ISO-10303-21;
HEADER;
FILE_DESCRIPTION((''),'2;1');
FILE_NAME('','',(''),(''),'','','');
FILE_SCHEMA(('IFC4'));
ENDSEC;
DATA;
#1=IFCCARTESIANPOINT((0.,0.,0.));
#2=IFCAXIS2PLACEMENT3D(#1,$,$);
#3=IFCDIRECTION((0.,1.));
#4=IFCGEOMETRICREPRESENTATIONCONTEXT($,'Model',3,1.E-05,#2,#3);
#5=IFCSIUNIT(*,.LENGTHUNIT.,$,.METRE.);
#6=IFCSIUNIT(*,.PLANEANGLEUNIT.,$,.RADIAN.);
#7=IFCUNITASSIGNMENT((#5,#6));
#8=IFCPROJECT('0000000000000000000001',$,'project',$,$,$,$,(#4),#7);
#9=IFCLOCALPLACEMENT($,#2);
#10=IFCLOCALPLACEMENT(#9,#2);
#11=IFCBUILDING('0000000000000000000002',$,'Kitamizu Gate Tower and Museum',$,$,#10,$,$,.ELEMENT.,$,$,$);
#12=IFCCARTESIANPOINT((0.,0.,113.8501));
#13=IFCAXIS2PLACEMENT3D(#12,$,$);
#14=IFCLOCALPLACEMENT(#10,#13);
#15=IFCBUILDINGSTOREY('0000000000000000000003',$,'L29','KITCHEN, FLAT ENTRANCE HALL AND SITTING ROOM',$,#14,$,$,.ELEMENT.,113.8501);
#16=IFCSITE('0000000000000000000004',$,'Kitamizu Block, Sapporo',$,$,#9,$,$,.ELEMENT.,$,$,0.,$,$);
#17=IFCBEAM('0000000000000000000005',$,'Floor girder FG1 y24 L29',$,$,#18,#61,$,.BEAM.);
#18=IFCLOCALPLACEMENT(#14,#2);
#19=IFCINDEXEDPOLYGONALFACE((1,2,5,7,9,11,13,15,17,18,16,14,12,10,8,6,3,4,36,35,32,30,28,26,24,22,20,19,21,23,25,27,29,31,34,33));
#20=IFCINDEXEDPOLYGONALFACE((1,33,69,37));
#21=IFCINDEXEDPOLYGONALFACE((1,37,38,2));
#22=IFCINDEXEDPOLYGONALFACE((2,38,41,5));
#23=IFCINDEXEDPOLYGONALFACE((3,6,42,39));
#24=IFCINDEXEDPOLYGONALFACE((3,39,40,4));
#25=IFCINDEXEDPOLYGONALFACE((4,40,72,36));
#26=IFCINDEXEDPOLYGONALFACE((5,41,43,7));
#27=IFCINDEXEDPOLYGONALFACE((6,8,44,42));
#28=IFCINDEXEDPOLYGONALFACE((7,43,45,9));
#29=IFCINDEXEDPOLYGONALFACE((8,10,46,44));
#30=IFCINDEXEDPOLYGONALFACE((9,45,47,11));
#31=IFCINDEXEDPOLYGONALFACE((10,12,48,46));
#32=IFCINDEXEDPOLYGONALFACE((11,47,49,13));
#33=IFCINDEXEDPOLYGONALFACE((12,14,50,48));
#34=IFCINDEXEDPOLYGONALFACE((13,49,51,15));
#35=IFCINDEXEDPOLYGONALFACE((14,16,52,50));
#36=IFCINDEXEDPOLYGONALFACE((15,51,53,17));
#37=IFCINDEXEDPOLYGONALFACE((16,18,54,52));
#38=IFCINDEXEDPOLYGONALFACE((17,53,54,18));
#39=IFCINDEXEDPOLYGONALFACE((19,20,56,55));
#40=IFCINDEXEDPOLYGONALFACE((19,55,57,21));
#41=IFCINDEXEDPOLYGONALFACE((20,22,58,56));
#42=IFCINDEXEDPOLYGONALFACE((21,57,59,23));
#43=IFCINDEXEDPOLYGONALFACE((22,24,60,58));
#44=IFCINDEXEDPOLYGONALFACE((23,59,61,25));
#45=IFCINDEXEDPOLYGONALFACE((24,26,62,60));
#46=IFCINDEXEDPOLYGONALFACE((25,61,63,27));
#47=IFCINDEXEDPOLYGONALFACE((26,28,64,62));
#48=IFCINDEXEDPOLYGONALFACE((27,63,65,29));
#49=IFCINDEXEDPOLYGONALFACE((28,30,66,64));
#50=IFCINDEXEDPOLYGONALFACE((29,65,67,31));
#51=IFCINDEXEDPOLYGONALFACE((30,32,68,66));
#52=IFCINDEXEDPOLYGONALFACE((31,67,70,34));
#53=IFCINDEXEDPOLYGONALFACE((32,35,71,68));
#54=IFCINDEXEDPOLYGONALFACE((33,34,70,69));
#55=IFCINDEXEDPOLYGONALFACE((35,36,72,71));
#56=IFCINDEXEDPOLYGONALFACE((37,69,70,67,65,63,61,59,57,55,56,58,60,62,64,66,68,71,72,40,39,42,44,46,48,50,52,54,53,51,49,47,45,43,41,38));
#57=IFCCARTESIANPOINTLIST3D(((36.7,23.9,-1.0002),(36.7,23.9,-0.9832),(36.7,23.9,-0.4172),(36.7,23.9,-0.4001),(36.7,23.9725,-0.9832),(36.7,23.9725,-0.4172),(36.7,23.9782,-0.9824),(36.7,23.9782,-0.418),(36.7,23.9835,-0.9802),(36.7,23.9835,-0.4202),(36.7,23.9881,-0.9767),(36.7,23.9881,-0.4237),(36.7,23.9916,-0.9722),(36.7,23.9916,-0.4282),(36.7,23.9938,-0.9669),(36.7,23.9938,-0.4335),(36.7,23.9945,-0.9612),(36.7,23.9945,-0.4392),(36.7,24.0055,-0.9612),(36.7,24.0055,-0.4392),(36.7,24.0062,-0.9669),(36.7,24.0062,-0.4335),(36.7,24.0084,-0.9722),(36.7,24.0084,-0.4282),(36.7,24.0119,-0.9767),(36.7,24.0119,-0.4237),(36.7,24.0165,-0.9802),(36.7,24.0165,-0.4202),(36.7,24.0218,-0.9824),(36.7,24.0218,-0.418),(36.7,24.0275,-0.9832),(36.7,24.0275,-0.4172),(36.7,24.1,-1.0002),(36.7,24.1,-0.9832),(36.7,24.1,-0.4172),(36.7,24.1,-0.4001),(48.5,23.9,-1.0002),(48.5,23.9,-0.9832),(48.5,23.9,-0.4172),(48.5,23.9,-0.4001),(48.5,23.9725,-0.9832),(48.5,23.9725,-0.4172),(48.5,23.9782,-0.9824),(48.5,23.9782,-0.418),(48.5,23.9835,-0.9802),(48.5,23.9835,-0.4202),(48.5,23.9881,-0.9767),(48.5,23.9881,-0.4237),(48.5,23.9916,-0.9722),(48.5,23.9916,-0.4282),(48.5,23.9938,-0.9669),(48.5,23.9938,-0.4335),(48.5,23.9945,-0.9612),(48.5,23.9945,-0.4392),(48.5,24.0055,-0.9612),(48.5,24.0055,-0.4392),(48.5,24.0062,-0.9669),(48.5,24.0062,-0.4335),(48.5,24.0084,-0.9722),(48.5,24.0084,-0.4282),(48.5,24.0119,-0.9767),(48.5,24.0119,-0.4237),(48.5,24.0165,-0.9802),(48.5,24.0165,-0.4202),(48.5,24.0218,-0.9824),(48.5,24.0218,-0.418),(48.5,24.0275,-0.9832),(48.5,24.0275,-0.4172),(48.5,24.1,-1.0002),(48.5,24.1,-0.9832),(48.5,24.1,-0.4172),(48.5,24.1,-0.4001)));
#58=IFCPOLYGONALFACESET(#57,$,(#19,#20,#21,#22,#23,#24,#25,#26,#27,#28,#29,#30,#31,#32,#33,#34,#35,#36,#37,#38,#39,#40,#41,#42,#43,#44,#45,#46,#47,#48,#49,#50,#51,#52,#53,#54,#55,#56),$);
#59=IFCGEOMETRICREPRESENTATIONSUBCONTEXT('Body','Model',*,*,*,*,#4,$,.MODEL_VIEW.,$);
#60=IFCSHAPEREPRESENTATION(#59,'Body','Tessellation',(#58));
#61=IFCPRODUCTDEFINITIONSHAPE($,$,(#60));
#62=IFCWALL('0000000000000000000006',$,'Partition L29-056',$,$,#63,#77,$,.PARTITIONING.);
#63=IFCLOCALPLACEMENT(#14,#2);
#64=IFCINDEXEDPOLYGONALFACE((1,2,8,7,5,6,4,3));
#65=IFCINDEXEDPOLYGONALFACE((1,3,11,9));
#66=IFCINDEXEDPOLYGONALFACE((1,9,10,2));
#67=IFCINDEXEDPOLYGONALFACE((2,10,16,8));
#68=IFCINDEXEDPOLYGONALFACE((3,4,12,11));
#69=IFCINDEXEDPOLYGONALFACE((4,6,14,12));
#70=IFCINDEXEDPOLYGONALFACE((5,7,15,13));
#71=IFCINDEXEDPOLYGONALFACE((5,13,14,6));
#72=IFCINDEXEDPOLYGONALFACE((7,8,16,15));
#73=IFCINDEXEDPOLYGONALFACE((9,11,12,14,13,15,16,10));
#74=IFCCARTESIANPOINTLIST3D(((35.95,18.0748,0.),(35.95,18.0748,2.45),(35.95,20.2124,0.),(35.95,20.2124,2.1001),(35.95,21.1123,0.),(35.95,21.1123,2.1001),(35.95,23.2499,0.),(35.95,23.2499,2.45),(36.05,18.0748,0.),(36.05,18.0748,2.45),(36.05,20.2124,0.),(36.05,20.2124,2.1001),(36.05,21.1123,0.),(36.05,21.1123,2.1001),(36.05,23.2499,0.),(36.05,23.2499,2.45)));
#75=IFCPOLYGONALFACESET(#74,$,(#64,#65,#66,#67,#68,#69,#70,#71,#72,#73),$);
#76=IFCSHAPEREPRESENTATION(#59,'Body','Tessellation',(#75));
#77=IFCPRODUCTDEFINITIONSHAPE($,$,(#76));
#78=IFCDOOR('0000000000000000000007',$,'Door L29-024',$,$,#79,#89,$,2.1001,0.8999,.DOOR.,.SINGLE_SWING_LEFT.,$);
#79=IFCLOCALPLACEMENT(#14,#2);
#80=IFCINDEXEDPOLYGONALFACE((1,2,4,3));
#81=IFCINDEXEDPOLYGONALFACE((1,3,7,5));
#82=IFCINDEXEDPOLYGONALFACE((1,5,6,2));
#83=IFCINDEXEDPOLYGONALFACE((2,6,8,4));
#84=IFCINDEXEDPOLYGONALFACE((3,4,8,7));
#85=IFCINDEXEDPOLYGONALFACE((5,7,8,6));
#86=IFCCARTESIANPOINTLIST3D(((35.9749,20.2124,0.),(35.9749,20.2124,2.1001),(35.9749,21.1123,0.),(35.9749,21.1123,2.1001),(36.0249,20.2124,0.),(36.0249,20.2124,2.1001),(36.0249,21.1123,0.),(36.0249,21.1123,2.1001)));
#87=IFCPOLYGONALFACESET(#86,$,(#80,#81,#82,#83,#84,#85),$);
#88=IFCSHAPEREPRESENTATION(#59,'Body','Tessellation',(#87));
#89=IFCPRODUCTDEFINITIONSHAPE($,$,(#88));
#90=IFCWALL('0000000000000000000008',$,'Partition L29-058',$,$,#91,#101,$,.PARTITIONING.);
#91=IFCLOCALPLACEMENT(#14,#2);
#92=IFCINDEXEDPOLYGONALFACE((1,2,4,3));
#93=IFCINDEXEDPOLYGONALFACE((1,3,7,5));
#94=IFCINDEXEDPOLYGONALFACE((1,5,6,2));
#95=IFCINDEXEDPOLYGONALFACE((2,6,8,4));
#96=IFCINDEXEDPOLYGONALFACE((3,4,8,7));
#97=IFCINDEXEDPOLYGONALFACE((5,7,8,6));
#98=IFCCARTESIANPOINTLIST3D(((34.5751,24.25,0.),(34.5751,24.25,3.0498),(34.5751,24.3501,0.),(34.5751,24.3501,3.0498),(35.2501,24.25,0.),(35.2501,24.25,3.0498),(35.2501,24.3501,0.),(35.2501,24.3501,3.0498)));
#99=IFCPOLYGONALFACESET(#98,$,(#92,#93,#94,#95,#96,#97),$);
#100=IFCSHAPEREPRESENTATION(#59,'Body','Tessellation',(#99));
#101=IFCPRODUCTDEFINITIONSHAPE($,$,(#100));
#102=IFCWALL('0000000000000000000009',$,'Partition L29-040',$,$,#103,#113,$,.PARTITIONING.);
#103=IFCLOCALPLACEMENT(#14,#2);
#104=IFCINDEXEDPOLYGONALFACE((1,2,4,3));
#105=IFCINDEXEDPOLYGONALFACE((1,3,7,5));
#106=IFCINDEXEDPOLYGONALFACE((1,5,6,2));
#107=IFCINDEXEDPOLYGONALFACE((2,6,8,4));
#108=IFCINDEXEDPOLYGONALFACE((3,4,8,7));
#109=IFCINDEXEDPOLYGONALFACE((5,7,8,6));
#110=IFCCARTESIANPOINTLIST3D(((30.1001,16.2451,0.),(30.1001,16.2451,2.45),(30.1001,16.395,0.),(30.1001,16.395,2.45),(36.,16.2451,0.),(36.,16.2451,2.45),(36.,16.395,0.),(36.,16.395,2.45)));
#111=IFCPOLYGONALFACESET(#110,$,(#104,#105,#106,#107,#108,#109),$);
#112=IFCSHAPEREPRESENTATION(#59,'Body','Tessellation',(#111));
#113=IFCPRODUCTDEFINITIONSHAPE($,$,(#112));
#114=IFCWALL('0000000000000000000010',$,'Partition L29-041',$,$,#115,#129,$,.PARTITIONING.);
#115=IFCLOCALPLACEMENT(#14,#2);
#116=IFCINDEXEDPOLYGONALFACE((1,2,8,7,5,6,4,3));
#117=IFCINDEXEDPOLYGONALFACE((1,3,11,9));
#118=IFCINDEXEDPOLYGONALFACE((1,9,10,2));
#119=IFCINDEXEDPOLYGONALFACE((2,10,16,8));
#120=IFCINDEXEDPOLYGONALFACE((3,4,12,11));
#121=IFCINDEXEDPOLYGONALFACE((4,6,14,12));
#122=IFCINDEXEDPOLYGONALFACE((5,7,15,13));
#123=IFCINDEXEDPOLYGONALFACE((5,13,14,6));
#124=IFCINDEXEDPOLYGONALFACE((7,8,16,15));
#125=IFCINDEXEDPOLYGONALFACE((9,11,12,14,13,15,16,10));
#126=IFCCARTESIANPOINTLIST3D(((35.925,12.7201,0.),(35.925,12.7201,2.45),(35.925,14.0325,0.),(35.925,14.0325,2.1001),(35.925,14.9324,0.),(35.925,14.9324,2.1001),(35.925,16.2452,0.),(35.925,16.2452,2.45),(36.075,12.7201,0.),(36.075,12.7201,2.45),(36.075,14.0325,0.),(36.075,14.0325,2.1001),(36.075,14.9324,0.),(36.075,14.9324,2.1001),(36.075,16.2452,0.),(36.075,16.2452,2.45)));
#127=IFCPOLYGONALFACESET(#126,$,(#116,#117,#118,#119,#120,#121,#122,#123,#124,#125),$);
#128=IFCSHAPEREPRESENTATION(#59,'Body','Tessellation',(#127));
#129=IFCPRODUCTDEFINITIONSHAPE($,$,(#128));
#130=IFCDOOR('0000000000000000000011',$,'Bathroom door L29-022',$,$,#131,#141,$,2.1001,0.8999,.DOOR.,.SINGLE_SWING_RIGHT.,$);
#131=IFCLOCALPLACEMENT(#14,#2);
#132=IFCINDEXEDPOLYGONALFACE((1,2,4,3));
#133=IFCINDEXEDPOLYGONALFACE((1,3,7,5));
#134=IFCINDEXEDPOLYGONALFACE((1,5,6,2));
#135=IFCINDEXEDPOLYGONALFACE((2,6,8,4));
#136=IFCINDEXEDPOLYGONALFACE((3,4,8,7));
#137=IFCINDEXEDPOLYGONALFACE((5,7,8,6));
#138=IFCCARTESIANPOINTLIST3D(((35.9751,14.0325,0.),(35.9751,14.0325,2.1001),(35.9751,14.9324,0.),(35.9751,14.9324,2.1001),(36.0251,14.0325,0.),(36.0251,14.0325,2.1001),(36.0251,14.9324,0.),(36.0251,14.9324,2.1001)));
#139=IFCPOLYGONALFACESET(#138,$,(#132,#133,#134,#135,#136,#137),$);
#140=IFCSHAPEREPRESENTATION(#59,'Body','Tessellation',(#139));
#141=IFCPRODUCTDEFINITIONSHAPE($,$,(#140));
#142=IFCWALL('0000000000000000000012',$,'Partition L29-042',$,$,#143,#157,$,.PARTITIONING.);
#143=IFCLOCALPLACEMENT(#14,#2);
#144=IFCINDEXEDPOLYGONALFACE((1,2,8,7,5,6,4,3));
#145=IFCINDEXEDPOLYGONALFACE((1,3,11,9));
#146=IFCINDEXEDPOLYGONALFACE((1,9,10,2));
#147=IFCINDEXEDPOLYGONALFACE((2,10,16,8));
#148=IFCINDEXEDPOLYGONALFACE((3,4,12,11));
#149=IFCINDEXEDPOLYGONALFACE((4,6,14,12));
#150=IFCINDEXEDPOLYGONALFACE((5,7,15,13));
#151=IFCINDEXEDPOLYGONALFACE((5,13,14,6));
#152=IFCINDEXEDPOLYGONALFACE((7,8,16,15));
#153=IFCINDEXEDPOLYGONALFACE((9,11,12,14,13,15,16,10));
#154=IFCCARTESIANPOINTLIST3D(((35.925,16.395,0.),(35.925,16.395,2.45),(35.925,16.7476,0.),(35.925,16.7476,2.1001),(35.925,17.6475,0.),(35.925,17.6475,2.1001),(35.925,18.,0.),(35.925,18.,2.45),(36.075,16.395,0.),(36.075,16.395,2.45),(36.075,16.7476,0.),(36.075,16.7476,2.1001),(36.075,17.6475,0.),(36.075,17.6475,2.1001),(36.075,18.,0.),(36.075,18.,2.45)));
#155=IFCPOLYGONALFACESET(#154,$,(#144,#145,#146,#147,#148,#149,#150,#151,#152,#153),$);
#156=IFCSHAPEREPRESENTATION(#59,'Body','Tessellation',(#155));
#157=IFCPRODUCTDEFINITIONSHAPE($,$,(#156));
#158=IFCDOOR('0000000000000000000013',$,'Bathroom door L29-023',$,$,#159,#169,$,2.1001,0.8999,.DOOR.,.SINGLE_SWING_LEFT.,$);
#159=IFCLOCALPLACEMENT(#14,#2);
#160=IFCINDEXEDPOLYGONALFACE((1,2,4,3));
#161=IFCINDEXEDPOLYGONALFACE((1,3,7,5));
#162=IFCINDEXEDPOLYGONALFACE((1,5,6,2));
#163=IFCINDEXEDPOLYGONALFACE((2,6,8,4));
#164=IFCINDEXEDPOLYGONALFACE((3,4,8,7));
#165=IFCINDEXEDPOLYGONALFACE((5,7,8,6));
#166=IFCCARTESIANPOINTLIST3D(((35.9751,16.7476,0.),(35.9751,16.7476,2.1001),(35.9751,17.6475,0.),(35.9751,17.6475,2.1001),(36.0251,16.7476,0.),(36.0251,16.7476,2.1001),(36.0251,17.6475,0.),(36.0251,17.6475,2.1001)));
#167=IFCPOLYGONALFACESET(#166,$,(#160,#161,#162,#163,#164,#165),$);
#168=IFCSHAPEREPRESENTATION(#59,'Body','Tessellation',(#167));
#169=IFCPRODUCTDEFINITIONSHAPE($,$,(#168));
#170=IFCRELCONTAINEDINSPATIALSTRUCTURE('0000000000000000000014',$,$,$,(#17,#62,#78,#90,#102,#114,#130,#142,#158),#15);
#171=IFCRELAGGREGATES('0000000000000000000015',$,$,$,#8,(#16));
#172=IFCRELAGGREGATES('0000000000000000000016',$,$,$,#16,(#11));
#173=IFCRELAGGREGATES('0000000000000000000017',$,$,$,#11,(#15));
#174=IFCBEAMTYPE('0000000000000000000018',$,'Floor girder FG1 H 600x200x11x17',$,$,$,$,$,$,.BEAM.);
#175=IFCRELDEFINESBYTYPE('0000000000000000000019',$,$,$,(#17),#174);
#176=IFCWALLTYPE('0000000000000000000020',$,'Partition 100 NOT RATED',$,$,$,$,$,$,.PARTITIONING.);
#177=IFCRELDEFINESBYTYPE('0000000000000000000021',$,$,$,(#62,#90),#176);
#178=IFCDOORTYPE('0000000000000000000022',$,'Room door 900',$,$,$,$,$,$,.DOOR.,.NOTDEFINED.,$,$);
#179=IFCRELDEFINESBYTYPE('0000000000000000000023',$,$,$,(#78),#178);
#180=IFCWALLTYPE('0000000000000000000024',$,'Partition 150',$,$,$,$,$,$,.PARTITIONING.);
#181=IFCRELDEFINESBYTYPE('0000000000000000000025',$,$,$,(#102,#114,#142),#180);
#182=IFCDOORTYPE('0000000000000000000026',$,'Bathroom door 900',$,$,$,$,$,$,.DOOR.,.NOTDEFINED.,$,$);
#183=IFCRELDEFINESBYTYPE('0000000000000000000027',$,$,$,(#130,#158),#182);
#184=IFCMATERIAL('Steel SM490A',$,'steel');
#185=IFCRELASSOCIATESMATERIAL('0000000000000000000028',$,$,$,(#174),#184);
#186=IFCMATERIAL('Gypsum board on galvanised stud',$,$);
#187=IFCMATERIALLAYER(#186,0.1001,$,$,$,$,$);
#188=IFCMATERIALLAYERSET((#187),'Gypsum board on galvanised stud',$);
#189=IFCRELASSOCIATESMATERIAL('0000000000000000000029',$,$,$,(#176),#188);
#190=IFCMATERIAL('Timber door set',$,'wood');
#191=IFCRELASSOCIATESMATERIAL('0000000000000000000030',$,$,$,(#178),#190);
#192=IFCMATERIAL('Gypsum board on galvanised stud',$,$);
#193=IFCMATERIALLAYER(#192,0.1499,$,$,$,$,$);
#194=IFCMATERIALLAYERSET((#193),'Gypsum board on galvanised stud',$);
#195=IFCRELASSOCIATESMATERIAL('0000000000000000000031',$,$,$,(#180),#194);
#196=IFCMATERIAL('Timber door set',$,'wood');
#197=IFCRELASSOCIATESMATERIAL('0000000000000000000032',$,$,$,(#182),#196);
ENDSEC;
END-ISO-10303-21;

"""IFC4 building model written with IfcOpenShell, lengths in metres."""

from ifc_helpers import new_model, si_unit, direction, frame, frame_2d, origin, origin_2d, place, context, subcontext, project, spatial, rectangle, i_section, extrude, material, layer, layer_set, material_profile, profile_set, type_object, element, fill, save


model = new_model("IFC4")

# Units and contexts
model_context = context("Model", 3, precision=1e-05, world=origin(), true_north=direction((0.0, 1.0)))
body_context = subcontext(model_context, "Body", "Model", "MODEL_VIEW")
ifc_project = project(units=[si_unit("LENGTHUNIT", "METRE"), si_unit("PLANEANGLEUNIT", "RADIAN")], contexts=[model_context])

# Site, building, storey
site_placement = place(None, origin())
site = spatial("IfcSite", under=ifc_project, at=site_placement, Name="Kitamizu Block, Sapporo", CompositionType="ELEMENT", RefElevation=0.0)
building_placement = place(site_placement, origin())
building = spatial("IfcBuilding", under=site, at=building_placement, Name="Kitamizu Gate Tower and Museum", CompositionType="ELEMENT")
storey_placement = place(building_placement, frame((0.0, 0.0, 113.8501)))
storey = spatial("IfcBuildingStorey", under=building, at=storey_placement, Name="L29", Description="KITCHEN, FLAT ENTRANCE HALL AND SITTING ROOM", CompositionType="ELEMENT", Elevation=113.8501)

# Beam
ifc_material_1 = material(Name="Steel SM490A", Category="steel")
ifc_material_profile_1 = material_profile(ifc_material_1, i_section(OverallWidth=0.2, OverallDepth=0.6001, WebThickness=0.011, FlangeThickness=0.0171, FilletRadius=0.022, at=origin_2d()), Name="H-600x200x11x17")
ifc_profile_set_1 = profile_set([ifc_material_profile_1], Name="Steel SM490A")
beam_type_1 = type_object("IfcBeamType", Name="Floor girder FG1 H 600x200x11x17", PredefinedType="BEAM", material=ifc_profile_set_1)
beam_1_placement = place(storey_placement, frame((36.7, 24.0, -0.7002), z_axis=(1.0, 0.0, 0.0), x_axis=(0.0, 1.0, 0.0)))
element("IfcBeam", 1, at=beam_1_placement, inside=storey, type_object=beam_type_1, Name="Floor girder FG1 y24 L29", PredefinedType="BEAM", context=body_context, shape_type="SweptSolid", body=[
    extrude(i_section(OverallWidth=0.2, OverallDepth=0.6001, WebThickness=0.011, FlangeThickness=0.0171, FilletRadius=0.022, at=origin_2d()), origin(), (0.0, 0.0, 1.0), 11.8),
])

# Wall, opening, door
ifc_material_2 = material(Name="Gypsum board on galvanised stud")
ifc_layer_1 = layer(ifc_material_2, 0.1001)
ifc_layer_set_1 = layer_set([ifc_layer_1], Name="Gypsum board on galvanised stud")
wall_type_1 = type_object("IfcWallType", Name="Partition 100 NOT RATED", PredefinedType="PARTITIONING", material=ifc_layer_set_1)
wall_1_placement = place(storey_placement, frame((36.0, 18.075, 0.0), z_axis=(0.0, 0.0, 1.0), x_axis=(0.0, 1.0, 0.0)))
wall_1 = element("IfcWall", 2, at=wall_1_placement, inside=storey, type_object=wall_type_1, Name="Partition L29-056", PredefinedType="PARTITIONING", context=body_context, shape_type="SweptSolid", body=[
    extrude(rectangle(XDim=5.175, YDim=0.1001, at=frame_2d((2.5874, 0.0))), origin(), (0.0, 0.0, 1.0), 2.45),
])
opening_1_placement = place(wall_1_placement, frame((2.1375, 0.0, 0.0)))
opening_1 = element("IfcOpeningElement", 3, at=opening_1_placement, cuts=wall_1, PredefinedType="OPENING", context=body_context, shape_type="SweptSolid", body=[
    extrude(rectangle(XDim=0.8999, YDim=2.1001, at=frame_2d((0.45, 1.05))), frame((0.0, 0.0601, 0.0), z_axis=(0.0, -1.0, 0.0), x_axis=(1.0, 0.0, 0.0)), (0.0, 0.0, 1.0), 0.1201),
])
ifc_material_3 = material(Name="Timber door set", Category="wood")
door_type_1 = type_object("IfcDoorType", Name="Room door 900", OperationType="NOTDEFINED", PredefinedType="DOOR", material=ifc_material_3)
door_1_placement = place(opening_1_placement, frame((0.8999, 0.0, 0.0), x_axis=(-1.0, 0.0, 0.0)))
door_1 = element("IfcDoor", 4, at=door_1_placement, inside=storey, type_object=door_type_1, Name="Door L29-024", OperationType="SINGLE_SWING_LEFT", OverallHeight=2.1001, OverallWidth=0.8999, PredefinedType="DOOR", context=body_context, shape_type="SweptSolid", body=[
    extrude(rectangle(XDim=0.8999, YDim=2.1001, at=frame_2d((0.45, 1.05))), frame((0.0, 0.0249, 0.0), z_axis=(0.0, -1.0, 0.0), x_axis=(1.0, 0.0, 0.0)), (0.0, 0.0, 1.0), 0.05),
])
fill(opening_1, door_1)

# Walls
wall_2_placement = place(storey_placement, frame((35.25, 24.3, 0.0), z_axis=(0.0, 0.0, 1.0), x_axis=(-1.0, 0.0, 0.0)))
element("IfcWall", 5, at=wall_2_placement, inside=storey, type_object=wall_type_1, Name="Partition L29-058", PredefinedType="PARTITIONING", context=body_context, shape_type="SweptSolid", body=[
    extrude(rectangle(XDim=0.675, YDim=0.1001, at=frame_2d((0.3374, 0.0))), origin(), (0.0, 0.0, 1.0), 3.0498),
])
ifc_material_4 = material(Name="Gypsum board on galvanised stud")
ifc_layer_2 = layer(ifc_material_4, 0.1499)
ifc_layer_set_2 = layer_set([ifc_layer_2], Name="Gypsum board on galvanised stud")
wall_type_2 = type_object("IfcWallType", Name="Partition 150", PredefinedType="PARTITIONING", material=ifc_layer_set_2)
wall_3_placement = place(storey_placement, frame((36.0, 16.3201, 0.0), z_axis=(0.0, 0.0, 1.0), x_axis=(-1.0, 0.0, 0.0)))
element("IfcWall", 6, at=wall_3_placement, inside=storey, type_object=wall_type_2, Name="Partition L29-040", PredefinedType="PARTITIONING", context=body_context, shape_type="SweptSolid", body=[
    extrude(rectangle(XDim=5.8999, YDim=0.1499, at=frame_2d((2.95, 0.0))), origin(), (0.0, 0.0, 1.0), 2.45),
])

# Walls, openings, doors
wall_4_placement = place(storey_placement, frame((36.0, 12.72, 0.0), z_axis=(0.0, 0.0, 1.0), x_axis=(0.0, 1.0, 0.0)))
wall_4 = element("IfcWall", 7, at=wall_4_placement, inside=storey, type_object=wall_type_2, Name="Partition L29-041", PredefinedType="PARTITIONING", context=body_context, shape_type="SweptSolid", body=[
    extrude(rectangle(XDim=3.5251, YDim=0.1499, at=frame_2d((1.7627, 0.0))), origin(), (0.0, 0.0, 1.0), 2.45),
])
opening_2_placement = place(wall_4_placement, frame((1.3125, 0.0, 0.0)))
opening_2 = element("IfcOpeningElement", 8, at=opening_2_placement, cuts=wall_4, PredefinedType="OPENING", context=body_context, shape_type="SweptSolid", body=[
    extrude(rectangle(XDim=0.8999, YDim=2.1001, at=frame_2d((0.45, 1.05))), frame((0.0, 0.085, 0.0), z_axis=(0.0, -1.0, 0.0), x_axis=(1.0, 0.0, 0.0)), (0.0, 0.0, 1.0), 0.1699),
])
ifc_material_5 = material(Name="Timber door set", Category="wood")
door_type_2 = type_object("IfcDoorType", Name="Bathroom door 900", OperationType="NOTDEFINED", PredefinedType="DOOR", material=ifc_material_5)
door_2_placement = place(opening_2_placement, origin())
door_2 = element("IfcDoor", 9, at=door_2_placement, inside=storey, type_object=door_type_2, Name="Bathroom door L29-022", OperationType="SINGLE_SWING_RIGHT", OverallHeight=2.1001, OverallWidth=0.8999, PredefinedType="DOOR", context=body_context, shape_type="SweptSolid", body=[
    extrude(rectangle(XDim=0.8999, YDim=2.1001, at=frame_2d((0.45, 1.05))), frame((0.0, 0.0249, 0.0), z_axis=(0.0, -1.0, 0.0), x_axis=(1.0, 0.0, 0.0)), (0.0, 0.0, 1.0), 0.05),
])
fill(opening_2, door_2)
wall_5_placement = place(storey_placement, frame((36.0, 16.395, 0.0), z_axis=(0.0, 0.0, 1.0), x_axis=(0.0, 1.0, 0.0)))
wall_5 = element("IfcWall", 10, at=wall_5_placement, inside=storey, type_object=wall_type_2, Name="Partition L29-042", PredefinedType="PARTITIONING", context=body_context, shape_type="SweptSolid", body=[
    extrude(rectangle(XDim=1.605, YDim=0.1499, at=frame_2d((0.8025, 0.0))), origin(), (0.0, 0.0, 1.0), 2.45),
])
opening_3_placement = place(wall_5_placement, frame((0.3525, 0.0, 0.0)))
opening_3 = element("IfcOpeningElement", 11, at=opening_3_placement, cuts=wall_5, PredefinedType="OPENING", context=body_context, shape_type="SweptSolid", body=[
    extrude(rectangle(XDim=0.8999, YDim=2.1001, at=frame_2d((0.45, 1.05))), frame((0.0, 0.085, 0.0), z_axis=(0.0, -1.0, 0.0), x_axis=(1.0, 0.0, 0.0)), (0.0, 0.0, 1.0), 0.1699),
])
door_3_placement = place(opening_3_placement, origin())
door_3 = element("IfcDoor", 12, at=door_3_placement, inside=storey, type_object=door_type_2, Name="Bathroom door L29-023", OperationType="SINGLE_SWING_LEFT", OverallHeight=2.1001, OverallWidth=0.8999, PredefinedType="DOOR", context=body_context, shape_type="SweptSolid", body=[
    extrude(rectangle(XDim=0.8999, YDim=2.1001, at=frame_2d((0.45, 1.05))), frame((0.0, 0.0249, 0.0), z_axis=(0.0, -1.0, 0.0), x_axis=(1.0, 0.0, 0.0)), (0.0, 0.0, 1.0), 0.05),
])
fill(opening_3, door_3)

save(model, "model.ifc")
